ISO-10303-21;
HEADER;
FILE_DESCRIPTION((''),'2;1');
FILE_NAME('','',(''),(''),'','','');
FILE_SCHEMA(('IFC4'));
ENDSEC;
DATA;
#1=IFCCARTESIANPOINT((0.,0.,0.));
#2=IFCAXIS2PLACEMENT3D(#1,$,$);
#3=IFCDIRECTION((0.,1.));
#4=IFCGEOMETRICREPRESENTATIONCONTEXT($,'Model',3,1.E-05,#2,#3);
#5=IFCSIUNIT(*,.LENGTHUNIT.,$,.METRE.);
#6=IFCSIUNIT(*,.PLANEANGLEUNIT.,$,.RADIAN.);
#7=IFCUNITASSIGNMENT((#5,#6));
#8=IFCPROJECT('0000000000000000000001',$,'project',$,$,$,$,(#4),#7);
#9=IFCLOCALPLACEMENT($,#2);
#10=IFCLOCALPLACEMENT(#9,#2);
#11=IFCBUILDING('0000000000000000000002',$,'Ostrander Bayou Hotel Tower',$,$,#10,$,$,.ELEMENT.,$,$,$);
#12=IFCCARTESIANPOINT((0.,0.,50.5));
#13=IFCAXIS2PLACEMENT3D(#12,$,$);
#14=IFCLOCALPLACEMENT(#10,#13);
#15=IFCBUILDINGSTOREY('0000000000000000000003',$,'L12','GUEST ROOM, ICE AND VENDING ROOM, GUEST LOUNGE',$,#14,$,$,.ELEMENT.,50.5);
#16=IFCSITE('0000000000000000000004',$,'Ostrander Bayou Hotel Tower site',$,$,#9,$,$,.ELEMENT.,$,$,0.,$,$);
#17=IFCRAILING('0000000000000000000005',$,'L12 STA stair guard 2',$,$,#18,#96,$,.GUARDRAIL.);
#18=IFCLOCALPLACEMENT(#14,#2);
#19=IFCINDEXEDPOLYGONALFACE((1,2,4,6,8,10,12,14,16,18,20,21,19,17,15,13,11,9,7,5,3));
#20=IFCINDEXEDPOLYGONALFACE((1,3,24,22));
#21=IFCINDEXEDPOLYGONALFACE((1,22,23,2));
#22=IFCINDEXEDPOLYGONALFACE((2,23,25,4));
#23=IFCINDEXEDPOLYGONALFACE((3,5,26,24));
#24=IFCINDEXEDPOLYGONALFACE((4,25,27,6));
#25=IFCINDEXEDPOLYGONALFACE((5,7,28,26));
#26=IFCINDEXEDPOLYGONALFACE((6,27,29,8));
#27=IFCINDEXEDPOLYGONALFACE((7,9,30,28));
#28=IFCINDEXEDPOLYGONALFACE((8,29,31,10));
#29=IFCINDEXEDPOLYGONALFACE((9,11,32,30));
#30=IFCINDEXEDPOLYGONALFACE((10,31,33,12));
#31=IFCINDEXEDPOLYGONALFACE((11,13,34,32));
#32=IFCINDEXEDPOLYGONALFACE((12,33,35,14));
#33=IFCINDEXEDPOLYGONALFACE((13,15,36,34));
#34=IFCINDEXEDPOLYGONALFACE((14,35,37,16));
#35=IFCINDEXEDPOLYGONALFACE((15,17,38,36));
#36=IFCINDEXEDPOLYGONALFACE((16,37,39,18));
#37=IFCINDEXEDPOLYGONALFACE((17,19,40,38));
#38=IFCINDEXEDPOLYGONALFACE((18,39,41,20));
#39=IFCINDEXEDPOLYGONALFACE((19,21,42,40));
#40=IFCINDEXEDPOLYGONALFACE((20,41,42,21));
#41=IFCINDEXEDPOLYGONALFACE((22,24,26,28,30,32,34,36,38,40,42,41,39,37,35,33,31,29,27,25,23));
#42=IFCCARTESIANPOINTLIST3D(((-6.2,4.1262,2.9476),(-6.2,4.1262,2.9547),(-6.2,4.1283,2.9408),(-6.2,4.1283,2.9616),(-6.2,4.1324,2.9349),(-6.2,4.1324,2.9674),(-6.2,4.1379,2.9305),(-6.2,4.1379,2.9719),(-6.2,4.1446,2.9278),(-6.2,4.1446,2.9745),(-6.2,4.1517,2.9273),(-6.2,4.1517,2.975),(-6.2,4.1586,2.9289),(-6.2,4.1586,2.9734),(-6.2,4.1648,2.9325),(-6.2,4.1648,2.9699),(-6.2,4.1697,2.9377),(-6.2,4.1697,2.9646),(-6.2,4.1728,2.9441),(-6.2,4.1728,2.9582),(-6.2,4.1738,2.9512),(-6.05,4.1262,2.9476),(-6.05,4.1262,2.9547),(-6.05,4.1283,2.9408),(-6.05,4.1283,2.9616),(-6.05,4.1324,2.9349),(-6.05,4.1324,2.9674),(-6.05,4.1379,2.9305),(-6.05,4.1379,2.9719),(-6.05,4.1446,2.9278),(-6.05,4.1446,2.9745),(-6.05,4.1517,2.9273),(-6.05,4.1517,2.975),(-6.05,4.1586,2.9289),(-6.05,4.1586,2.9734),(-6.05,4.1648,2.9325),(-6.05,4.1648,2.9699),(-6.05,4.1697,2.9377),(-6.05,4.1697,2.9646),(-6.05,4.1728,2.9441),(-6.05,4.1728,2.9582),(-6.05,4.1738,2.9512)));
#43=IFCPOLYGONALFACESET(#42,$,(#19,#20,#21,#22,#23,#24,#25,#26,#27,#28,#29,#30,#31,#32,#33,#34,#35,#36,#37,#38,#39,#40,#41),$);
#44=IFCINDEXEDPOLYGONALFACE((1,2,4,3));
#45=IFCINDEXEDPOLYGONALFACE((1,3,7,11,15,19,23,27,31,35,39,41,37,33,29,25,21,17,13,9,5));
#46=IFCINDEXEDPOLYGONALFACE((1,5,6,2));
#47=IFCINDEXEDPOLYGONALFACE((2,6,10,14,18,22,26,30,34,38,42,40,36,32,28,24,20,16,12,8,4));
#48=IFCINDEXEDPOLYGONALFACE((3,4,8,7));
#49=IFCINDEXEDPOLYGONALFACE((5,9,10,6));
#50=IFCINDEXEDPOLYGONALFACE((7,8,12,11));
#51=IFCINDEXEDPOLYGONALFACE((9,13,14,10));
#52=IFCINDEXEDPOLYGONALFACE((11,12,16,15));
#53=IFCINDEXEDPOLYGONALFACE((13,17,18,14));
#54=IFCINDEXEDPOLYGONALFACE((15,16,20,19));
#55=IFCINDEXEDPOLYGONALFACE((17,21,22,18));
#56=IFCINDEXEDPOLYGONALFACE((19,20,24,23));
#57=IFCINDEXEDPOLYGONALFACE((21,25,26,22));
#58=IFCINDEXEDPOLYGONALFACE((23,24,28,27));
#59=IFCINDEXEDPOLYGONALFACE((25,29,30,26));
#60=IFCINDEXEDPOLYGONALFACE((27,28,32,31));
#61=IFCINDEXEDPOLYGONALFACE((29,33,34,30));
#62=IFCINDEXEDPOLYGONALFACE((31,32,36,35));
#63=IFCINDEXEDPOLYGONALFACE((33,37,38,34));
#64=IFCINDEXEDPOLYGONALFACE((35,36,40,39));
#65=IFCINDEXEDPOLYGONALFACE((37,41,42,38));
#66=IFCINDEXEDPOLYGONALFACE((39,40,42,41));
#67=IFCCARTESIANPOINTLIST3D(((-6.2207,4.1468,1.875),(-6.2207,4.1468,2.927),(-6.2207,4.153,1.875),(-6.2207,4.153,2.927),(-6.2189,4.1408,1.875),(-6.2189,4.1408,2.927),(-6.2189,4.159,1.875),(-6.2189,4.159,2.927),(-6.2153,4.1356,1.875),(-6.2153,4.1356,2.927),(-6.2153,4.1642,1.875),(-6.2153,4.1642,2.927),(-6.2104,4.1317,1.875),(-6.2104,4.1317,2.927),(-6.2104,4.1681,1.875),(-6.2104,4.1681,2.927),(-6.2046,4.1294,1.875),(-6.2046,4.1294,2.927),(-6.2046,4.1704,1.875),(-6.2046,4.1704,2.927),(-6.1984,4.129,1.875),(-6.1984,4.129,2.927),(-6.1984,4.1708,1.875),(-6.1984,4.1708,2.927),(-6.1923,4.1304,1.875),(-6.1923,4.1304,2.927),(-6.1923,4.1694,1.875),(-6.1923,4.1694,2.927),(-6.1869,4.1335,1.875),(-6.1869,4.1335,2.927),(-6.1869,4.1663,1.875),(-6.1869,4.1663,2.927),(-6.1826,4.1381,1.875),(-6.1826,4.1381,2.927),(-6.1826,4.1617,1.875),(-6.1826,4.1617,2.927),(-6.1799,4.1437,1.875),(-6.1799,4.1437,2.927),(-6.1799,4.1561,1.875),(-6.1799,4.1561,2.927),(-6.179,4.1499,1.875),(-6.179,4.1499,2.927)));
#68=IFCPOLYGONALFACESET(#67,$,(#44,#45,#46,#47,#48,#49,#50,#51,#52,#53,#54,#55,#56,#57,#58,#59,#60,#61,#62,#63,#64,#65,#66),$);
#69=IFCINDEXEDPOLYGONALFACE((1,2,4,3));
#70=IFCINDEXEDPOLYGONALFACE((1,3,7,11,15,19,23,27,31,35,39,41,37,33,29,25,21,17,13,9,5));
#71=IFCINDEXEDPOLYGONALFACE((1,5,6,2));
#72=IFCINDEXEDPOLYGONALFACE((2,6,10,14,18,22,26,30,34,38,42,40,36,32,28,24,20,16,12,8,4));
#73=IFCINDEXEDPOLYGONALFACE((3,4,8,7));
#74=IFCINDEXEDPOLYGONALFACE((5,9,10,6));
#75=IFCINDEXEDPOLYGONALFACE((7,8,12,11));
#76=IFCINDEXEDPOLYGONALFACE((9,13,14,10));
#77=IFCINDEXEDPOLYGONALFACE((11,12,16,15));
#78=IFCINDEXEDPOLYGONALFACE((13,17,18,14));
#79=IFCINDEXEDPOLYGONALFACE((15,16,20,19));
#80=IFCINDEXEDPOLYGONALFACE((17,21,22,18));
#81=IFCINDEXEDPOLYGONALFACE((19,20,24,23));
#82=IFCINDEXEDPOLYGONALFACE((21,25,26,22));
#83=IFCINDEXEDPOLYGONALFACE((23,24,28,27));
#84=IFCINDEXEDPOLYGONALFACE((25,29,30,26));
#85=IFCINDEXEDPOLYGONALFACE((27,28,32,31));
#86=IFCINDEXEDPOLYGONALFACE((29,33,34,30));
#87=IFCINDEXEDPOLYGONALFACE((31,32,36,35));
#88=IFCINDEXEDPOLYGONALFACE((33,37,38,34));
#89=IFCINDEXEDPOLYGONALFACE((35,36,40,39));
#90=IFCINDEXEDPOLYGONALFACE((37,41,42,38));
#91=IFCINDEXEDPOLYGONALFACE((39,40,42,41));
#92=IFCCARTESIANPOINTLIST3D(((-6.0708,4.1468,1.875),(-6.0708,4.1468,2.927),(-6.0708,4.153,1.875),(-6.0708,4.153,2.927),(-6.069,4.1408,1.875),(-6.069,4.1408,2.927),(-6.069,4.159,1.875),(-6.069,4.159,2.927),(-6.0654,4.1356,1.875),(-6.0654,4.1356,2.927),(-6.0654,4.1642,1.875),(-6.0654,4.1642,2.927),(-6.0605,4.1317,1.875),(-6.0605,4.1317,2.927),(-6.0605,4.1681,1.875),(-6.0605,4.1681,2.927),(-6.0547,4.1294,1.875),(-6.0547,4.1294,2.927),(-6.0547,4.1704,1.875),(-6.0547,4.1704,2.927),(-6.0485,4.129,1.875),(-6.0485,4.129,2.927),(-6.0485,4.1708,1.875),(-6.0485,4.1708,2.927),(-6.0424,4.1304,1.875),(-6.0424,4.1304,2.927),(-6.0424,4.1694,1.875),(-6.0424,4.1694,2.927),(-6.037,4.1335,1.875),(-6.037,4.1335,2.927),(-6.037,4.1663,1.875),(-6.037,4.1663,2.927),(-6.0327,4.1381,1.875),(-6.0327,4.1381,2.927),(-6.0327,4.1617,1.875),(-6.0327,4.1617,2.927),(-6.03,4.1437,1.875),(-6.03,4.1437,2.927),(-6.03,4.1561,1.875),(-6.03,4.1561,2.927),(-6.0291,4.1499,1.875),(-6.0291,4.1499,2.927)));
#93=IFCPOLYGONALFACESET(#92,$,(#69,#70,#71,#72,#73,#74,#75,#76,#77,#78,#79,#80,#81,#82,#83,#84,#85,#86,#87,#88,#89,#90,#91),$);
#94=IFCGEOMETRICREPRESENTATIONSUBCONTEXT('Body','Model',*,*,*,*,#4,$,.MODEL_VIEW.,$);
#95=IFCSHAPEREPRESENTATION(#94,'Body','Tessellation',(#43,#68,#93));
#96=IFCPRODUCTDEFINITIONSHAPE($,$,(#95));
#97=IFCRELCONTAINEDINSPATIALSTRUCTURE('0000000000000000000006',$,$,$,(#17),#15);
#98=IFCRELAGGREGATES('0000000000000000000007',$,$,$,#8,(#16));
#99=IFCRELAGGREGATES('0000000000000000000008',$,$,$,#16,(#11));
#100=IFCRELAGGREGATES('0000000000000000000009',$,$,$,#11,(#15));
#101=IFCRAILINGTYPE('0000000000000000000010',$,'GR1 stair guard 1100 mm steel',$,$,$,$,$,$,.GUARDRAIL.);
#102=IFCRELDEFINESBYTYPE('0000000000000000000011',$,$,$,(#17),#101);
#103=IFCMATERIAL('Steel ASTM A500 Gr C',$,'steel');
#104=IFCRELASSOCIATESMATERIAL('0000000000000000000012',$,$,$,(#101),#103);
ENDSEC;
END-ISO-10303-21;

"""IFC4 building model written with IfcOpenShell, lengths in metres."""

from ifc_helpers import new_model, si_unit, direction, frame, origin, origin_2d, place, context, subcontext, project, spatial, circle, extrude, material, type_object, element, save


model = new_model("IFC4")

# Units and contexts
model_context = context("Model", 3, precision=1e-05, world=origin(), true_north=direction((0.0, 1.0)))
body_context = subcontext(model_context, "Body", "Model", "MODEL_VIEW")
ifc_project = project(units=[si_unit("LENGTHUNIT", "METRE"), si_unit("PLANEANGLEUNIT", "RADIAN")], contexts=[model_context])

# Site, building, storey
site_placement = place(None, origin())
site = spatial("IfcSite", under=ifc_project, at=site_placement, Name="Ostrander Bayou Hotel Tower site", CompositionType="ELEMENT", RefElevation=0.0)
building_placement = place(site_placement, origin())
building = spatial("IfcBuilding", under=site, at=building_placement, Name="Ostrander Bayou Hotel Tower", CompositionType="ELEMENT")
storey_placement = place(building_placement, frame((0.0, 0.0, 50.5)))
storey = spatial("IfcBuildingStorey", under=building, at=storey_placement, Name="L12", Description="GUEST ROOM, ICE AND VENDING ROOM, GUEST LOUNGE", CompositionType="ELEMENT", Elevation=50.5)

# Railing
ifc_material_1 = material(Name="Steel ASTM A500 Gr C", Category="steel")
railing_type_1 = type_object("IfcRailingType", Name="GR1 stair guard 1100 mm steel", PredefinedType="GUARDRAIL", material=ifc_material_1)
railing_1_placement = place(storey_placement, frame((-6.2, 4.1499, 1.875)))
element("IfcRailing", 1, at=railing_1_placement, inside=storey, type_object=railing_type_1, Name="L12 STA stair guard 2", PredefinedType="GUARDRAIL", context=body_context, shape_type="SweptSolid", body=[
    extrude(circle(Radius=0.0239, at=origin_2d()), frame((0.0, 0.0, 1.0762), z_axis=(1.0, 0.0, 0.0), x_axis=(0.0, 1.0, 0.0)), (0.0, 0.0, 1.0), 0.1499),
    extrude(circle(Radius=0.021, at=origin_2d()), origin(), (0.0, 0.0, 1.0), 1.052),
    extrude(circle(Radius=0.021, at=origin_2d()), frame((0.1499, 0.0, 0.0)), (0.0, 0.0, 1.0), 1.052),
])

save(model, "model.ifc")
